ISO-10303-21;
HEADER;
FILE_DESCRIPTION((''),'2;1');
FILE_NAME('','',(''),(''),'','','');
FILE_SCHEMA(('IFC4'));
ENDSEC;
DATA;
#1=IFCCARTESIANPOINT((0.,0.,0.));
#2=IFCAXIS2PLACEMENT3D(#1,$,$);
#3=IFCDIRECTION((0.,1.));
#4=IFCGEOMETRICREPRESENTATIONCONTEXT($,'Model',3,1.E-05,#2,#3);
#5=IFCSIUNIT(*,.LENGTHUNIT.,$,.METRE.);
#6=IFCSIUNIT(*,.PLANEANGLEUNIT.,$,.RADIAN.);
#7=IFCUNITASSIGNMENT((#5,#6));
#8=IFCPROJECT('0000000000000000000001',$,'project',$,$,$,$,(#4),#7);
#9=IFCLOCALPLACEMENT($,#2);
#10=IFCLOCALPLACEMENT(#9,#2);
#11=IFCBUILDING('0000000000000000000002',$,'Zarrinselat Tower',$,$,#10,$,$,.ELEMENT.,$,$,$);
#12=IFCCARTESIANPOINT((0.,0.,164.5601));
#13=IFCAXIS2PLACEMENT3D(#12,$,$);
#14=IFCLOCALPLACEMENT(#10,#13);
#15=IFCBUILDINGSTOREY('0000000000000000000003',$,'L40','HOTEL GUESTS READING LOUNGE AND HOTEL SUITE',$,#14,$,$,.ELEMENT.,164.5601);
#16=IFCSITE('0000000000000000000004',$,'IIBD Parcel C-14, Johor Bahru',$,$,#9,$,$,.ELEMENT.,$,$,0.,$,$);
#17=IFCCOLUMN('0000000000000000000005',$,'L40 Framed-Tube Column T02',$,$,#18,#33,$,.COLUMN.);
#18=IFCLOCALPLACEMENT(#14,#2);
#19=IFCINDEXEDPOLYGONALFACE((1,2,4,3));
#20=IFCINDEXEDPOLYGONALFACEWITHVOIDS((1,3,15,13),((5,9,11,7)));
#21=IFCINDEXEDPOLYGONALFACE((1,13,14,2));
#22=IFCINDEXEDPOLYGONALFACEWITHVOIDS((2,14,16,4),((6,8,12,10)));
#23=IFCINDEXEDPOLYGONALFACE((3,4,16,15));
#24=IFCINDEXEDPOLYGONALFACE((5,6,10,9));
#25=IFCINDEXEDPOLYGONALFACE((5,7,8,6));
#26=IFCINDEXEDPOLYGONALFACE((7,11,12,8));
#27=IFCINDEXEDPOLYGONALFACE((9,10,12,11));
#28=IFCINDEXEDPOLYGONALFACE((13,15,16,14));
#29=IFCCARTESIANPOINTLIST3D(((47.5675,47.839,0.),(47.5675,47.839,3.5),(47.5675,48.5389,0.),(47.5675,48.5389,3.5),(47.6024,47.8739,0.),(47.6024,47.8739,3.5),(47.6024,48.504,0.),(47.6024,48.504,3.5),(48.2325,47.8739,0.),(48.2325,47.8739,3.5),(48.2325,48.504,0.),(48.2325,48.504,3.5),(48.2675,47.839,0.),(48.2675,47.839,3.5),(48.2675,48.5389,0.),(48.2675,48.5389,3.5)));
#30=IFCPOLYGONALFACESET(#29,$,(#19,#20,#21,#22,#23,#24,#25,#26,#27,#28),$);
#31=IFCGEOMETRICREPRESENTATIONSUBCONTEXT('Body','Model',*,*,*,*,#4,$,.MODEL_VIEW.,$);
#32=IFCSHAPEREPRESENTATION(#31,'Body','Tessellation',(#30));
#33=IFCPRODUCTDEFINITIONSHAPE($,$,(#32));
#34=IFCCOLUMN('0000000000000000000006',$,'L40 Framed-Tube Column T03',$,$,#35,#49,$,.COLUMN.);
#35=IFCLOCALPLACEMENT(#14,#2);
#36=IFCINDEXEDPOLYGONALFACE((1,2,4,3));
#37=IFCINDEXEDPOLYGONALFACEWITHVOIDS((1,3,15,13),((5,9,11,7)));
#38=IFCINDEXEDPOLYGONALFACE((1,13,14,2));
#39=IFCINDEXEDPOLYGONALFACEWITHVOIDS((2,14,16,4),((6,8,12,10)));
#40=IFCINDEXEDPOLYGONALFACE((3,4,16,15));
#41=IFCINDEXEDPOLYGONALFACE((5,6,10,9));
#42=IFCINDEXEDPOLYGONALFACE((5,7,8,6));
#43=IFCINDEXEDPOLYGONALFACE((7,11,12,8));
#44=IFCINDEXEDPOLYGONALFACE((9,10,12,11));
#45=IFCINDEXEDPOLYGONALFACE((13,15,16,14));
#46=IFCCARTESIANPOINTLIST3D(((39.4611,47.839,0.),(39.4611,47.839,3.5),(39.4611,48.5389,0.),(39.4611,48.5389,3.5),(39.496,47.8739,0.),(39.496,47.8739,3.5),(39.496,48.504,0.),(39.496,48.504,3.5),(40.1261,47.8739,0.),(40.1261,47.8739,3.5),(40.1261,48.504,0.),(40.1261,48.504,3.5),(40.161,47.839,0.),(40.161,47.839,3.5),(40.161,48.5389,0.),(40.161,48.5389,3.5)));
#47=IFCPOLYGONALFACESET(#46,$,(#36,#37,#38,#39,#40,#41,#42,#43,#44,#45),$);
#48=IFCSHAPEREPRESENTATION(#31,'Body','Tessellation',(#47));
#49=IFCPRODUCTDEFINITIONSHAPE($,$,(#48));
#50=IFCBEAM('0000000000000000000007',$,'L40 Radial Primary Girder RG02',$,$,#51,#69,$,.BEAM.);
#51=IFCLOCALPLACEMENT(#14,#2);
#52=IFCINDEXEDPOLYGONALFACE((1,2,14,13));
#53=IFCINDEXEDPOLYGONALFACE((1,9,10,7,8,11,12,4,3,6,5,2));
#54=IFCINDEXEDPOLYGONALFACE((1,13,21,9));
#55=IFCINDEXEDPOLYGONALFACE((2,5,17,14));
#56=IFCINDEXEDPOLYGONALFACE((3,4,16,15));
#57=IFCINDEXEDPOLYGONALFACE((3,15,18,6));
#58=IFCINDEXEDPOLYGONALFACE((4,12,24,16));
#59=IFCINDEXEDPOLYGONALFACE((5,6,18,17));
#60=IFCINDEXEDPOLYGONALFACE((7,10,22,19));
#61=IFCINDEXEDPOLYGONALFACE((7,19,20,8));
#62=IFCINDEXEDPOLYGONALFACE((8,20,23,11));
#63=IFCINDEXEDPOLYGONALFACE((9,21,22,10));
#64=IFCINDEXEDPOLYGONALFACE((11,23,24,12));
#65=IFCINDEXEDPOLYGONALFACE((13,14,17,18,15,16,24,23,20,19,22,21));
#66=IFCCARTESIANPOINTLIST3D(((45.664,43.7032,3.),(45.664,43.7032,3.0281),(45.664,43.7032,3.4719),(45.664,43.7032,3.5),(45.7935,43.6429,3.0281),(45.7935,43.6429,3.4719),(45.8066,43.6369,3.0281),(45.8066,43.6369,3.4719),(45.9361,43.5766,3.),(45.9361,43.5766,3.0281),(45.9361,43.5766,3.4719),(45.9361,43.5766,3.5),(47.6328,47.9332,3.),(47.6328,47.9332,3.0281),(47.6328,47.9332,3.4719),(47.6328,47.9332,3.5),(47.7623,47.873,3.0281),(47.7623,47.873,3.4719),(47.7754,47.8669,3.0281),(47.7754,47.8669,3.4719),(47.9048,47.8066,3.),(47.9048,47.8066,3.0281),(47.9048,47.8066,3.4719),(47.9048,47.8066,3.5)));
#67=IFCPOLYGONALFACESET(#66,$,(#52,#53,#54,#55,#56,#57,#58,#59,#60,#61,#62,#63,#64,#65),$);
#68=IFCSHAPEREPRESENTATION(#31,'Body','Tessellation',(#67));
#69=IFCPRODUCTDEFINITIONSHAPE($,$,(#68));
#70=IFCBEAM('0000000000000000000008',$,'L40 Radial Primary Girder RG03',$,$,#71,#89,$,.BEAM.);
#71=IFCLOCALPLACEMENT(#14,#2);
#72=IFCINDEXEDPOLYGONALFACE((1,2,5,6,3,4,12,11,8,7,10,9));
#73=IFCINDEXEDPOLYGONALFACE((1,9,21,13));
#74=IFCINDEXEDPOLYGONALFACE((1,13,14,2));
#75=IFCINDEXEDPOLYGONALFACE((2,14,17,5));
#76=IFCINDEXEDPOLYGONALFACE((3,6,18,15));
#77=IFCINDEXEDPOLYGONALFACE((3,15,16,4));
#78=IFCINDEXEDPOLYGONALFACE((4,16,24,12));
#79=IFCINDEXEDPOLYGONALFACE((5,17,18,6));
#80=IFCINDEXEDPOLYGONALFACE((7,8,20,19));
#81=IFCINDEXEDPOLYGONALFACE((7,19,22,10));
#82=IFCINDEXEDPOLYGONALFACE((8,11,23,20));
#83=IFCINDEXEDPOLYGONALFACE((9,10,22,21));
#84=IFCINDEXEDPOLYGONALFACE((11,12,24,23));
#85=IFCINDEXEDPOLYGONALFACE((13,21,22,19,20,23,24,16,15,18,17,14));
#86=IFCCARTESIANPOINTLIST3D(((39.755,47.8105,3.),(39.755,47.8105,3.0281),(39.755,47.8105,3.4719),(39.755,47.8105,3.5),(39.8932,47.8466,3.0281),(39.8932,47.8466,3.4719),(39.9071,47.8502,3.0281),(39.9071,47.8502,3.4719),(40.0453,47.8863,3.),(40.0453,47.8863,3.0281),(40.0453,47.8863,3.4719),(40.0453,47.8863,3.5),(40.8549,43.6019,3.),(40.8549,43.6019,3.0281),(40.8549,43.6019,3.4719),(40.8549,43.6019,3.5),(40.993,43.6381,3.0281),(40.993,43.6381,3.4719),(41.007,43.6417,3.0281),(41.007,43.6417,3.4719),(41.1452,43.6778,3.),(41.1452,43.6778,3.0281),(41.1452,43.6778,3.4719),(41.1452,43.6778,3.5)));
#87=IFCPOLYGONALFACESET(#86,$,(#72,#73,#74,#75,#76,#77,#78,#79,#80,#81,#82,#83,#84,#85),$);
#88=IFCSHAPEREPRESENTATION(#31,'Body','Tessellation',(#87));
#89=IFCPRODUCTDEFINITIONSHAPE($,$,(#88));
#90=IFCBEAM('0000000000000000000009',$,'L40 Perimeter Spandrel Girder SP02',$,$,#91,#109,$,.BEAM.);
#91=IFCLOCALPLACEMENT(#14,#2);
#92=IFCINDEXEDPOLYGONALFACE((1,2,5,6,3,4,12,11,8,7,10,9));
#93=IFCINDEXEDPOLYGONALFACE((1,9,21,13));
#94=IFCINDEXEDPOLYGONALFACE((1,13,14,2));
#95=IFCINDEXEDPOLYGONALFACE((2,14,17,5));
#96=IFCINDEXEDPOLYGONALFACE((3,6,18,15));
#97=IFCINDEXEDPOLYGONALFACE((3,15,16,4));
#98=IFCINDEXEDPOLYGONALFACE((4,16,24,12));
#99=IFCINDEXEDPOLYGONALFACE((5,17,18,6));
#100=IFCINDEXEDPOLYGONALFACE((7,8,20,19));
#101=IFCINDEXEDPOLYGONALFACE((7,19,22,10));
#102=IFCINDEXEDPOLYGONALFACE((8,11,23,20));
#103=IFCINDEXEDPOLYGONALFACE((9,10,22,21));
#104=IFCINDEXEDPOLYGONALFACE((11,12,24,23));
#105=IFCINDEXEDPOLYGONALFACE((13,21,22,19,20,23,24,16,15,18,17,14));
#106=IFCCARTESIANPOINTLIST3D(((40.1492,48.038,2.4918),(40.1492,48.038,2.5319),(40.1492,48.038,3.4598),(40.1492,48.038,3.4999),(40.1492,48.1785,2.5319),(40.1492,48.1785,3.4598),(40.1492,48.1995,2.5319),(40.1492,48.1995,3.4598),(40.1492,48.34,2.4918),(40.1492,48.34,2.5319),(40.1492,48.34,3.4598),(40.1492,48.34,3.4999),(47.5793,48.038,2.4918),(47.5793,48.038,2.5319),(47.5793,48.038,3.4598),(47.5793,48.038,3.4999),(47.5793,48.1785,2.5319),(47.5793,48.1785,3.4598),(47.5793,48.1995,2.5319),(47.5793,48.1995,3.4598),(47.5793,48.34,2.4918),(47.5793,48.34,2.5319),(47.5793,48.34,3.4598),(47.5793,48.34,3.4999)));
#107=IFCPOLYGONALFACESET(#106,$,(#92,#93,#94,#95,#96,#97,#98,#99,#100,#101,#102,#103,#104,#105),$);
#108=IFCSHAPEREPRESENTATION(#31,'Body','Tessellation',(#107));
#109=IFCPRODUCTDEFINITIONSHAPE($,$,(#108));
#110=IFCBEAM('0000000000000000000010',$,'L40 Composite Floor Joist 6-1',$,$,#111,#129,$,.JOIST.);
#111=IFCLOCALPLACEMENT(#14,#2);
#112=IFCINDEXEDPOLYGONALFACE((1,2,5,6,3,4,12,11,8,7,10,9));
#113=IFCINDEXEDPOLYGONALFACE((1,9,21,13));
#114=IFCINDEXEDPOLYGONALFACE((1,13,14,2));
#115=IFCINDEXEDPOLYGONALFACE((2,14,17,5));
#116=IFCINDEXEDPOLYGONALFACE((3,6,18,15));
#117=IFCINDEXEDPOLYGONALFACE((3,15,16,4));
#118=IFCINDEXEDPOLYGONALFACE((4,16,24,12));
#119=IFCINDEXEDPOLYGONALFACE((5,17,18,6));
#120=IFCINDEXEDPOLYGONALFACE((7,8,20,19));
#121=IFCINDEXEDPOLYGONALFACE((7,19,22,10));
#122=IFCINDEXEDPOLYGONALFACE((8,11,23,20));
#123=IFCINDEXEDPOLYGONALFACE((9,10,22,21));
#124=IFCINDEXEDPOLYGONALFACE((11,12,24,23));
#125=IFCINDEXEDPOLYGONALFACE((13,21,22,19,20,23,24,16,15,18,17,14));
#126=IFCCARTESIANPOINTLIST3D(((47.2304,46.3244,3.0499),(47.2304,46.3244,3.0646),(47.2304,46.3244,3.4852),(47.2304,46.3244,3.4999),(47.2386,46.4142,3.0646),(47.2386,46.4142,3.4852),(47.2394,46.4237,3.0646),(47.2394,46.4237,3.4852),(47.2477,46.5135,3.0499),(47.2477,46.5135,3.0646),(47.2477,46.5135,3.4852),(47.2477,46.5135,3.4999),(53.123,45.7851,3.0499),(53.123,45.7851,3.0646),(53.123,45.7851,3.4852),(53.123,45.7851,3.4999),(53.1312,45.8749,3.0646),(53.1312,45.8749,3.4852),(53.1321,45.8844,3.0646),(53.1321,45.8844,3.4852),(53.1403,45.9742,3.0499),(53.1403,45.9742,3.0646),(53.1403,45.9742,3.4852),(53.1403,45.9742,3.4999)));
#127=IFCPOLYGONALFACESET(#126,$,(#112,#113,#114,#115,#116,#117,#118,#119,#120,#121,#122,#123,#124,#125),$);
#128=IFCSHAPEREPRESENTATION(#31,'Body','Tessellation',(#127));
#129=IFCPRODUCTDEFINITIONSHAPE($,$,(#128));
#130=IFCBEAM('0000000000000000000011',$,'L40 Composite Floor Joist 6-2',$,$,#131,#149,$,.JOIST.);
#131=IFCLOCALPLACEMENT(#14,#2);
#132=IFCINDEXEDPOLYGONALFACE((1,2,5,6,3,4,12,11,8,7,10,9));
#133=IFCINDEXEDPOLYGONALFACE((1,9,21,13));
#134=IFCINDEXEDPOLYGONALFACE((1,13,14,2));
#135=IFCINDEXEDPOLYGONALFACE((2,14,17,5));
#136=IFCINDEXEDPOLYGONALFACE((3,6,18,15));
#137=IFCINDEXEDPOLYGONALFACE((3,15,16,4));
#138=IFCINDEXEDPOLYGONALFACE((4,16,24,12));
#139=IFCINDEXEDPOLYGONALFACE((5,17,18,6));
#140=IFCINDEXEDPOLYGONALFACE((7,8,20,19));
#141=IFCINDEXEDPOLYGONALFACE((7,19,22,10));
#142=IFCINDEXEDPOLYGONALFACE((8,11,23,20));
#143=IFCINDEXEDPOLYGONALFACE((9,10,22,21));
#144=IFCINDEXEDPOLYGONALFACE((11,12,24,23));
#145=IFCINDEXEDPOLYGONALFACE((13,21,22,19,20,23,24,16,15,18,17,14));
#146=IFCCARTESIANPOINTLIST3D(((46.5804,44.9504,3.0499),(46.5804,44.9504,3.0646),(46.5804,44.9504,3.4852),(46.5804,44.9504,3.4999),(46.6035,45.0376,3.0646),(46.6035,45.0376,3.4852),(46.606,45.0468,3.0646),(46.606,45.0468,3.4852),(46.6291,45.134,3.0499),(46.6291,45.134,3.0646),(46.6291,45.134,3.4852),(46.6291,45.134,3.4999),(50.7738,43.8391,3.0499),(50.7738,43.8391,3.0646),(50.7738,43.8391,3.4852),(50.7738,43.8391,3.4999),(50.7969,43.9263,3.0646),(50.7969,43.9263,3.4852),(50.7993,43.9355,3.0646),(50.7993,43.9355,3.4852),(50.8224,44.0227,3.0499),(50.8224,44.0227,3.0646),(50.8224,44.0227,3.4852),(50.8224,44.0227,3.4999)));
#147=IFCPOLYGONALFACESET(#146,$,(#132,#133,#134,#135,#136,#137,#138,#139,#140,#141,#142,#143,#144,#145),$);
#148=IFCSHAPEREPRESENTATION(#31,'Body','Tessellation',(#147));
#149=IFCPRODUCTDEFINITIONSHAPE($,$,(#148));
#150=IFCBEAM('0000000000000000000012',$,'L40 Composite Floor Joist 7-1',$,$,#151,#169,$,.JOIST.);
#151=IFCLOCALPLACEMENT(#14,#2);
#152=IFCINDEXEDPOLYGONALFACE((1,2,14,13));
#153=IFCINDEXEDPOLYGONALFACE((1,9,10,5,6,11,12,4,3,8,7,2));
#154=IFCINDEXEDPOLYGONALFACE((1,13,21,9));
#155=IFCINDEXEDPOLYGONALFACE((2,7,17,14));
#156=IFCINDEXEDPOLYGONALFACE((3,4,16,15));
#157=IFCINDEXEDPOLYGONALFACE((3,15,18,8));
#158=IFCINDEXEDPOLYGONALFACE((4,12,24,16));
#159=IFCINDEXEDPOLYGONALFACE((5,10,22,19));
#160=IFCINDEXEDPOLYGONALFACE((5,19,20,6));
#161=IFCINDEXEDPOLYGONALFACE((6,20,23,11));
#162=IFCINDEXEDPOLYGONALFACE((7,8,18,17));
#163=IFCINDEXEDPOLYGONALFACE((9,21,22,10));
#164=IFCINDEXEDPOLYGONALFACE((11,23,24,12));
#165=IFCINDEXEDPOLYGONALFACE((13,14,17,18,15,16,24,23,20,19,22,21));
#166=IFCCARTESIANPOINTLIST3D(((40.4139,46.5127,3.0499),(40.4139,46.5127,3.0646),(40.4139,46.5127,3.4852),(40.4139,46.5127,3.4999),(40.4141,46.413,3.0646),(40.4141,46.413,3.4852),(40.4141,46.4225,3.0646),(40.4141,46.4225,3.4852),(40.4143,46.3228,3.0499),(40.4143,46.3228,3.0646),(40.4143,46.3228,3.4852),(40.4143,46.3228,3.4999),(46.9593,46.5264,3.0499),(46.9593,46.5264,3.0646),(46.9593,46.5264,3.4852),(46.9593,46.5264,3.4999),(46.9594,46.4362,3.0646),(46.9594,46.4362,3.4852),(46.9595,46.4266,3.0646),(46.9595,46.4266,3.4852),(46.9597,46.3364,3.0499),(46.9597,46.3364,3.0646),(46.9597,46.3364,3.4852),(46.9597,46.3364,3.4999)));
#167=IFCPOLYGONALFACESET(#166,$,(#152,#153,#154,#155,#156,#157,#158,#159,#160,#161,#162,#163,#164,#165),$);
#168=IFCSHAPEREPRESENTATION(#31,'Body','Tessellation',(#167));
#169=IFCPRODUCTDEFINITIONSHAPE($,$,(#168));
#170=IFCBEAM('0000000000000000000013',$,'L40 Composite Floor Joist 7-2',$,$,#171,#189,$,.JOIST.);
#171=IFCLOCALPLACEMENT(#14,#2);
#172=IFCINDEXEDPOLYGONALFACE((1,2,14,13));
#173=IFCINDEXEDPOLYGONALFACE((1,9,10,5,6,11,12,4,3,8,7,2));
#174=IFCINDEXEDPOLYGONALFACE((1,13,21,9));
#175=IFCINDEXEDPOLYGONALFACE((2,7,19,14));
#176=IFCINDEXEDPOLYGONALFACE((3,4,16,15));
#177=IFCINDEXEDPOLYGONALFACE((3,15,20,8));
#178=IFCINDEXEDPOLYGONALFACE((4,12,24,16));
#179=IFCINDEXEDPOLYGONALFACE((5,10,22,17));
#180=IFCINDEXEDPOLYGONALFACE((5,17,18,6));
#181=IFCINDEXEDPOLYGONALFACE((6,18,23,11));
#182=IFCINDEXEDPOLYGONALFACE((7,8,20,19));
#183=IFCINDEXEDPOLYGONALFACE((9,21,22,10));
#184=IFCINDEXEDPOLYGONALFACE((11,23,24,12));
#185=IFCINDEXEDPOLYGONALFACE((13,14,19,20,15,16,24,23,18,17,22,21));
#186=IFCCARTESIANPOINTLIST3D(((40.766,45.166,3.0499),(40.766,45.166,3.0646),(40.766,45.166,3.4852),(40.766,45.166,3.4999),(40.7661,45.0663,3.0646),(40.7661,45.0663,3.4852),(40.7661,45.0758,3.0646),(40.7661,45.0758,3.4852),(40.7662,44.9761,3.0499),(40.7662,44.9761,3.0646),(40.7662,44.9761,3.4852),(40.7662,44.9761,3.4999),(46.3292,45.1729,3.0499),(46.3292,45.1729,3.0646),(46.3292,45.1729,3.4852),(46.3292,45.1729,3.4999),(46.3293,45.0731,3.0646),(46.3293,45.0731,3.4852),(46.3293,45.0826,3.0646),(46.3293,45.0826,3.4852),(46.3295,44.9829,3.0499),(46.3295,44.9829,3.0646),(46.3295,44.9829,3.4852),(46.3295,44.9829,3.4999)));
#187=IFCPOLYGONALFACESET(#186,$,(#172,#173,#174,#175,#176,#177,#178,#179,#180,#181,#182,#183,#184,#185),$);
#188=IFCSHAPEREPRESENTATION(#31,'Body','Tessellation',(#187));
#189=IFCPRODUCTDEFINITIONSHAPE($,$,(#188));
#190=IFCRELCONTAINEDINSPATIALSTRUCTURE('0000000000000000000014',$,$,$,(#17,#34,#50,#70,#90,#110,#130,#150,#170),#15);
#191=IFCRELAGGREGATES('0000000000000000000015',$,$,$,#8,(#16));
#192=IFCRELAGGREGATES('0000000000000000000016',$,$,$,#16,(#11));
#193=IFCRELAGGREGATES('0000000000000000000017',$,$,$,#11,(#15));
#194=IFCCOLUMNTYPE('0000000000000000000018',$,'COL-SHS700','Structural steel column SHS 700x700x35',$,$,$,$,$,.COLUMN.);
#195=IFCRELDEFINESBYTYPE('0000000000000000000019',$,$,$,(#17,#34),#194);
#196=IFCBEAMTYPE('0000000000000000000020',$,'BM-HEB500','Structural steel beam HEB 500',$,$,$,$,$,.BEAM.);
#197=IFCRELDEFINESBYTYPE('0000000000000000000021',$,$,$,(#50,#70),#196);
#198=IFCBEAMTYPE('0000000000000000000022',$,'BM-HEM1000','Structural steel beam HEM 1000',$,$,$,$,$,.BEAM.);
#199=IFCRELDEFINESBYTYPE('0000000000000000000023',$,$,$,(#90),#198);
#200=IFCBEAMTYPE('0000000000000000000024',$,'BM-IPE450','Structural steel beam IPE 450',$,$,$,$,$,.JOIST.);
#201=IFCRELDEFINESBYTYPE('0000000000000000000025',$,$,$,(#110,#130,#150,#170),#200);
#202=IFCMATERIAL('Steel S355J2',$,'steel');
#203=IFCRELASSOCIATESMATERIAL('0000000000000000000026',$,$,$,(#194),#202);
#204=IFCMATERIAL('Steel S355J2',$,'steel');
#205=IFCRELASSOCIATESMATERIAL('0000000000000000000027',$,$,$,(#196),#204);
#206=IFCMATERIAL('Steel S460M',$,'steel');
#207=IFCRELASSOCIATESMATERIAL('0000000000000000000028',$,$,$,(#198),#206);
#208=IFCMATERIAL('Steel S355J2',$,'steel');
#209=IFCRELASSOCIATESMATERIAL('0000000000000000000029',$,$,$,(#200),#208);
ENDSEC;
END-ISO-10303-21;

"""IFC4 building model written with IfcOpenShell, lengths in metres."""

from ifc_helpers import new_model, si_unit, direction, frame, origin, origin_2d, place, context, subcontext, project, spatial, hollow_rectangle, i_section, extrude, material, material_profile, profile_set, type_object, element, save


model = new_model("IFC4")

# Units and contexts
model_context = context("Model", 3, precision=1e-05, world=origin(), true_north=direction((0.0, 1.0)))
body_context = subcontext(model_context, "Body", "Model", "MODEL_VIEW")
ifc_project = project(units=[si_unit("LENGTHUNIT", "METRE"), si_unit("PLANEANGLEUNIT", "RADIAN")], contexts=[model_context])

# Site, building, storey
site_placement = place(None, origin())
site = spatial("IfcSite", under=ifc_project, at=site_placement, Name="IIBD Parcel C-14, Johor Bahru", CompositionType="ELEMENT", RefElevation=0.0)
building_placement = place(site_placement, origin())
building = spatial("IfcBuilding", under=site, at=building_placement, Name="Zarrinselat Tower", CompositionType="ELEMENT")
storey_placement = place(building_placement, frame((0.0, 0.0, 164.5601)))
storey = spatial("IfcBuildingStorey", under=building, at=storey_placement, Name="L40", Description="HOTEL GUESTS READING LOUNGE AND HOTEL SUITE", CompositionType="ELEMENT", Elevation=164.5601)

# Columns
ifc_material_1 = material(Name="Steel S355J2", Category="steel")
ifc_material_profile_1 = material_profile(ifc_material_1, hollow_rectangle(XDim=0.7, YDim=0.7, WallThickness=0.0349, at=origin_2d()), Name="SHS 700x700x35")
ifc_profile_set_1 = profile_set([ifc_material_profile_1], Name="Steel S355J2")
column_type = type_object("IfcColumnType", Name="COL-SHS700", Description="Structural steel column SHS 700x700x35", PredefinedType="COLUMN", material=ifc_profile_set_1)
for number, where, z_axis, x_axis, name in (
    (1, (47.9175, 48.189, 0.0), (0.0, 0.0, 1.0), (1.0, 0.0, 0.0), "L40 Framed-Tube Column T02"),
    (2, (39.811, 48.189, 0.0), (0.0, 0.0, 1.0), (1.0, 0.0, 0.0), "L40 Framed-Tube Column T03"),
):
    element("IfcColumn", number, at=place(storey_placement, frame(where, z_axis=z_axis, x_axis=x_axis)), inside=storey, type_object=column_type, Name=name, PredefinedType="COLUMN", context=body_context, shape_type="SweptSolid", body=[
        extrude(hollow_rectangle(XDim=0.7, YDim=0.7, WallThickness=0.0349, at=origin_2d()), origin(), (0.0, 0.0, 1.0), 3.5),
    ])

# Beams
ifc_material_2 = material(Name="Steel S355J2", Category="steel")
ifc_material_profile_2 = material_profile(ifc_material_2, i_section(OverallWidth=0.3, OverallDepth=0.5, WebThickness=0.0144, FlangeThickness=0.0281, at=origin_2d()), Name="HEB 500")
ifc_profile_set_2 = profile_set([ifc_material_profile_2], Name="Steel S355J2")
beam_type_1 = type_object("IfcBeamType", Name="BM-HEB500", Description="Structural steel beam HEB 500", PredefinedType="BEAM", material=ifc_profile_set_2)
beam_1_placement = place(storey_placement, frame((45.8, 43.6399, 3.25), z_axis=(0.421963, 0.906613, 0.0), x_axis=(-0.906613, 0.421963, 0.0)))
element("IfcBeam", 3, at=beam_1_placement, inside=storey, type_object=beam_type_1, Name="L40 Radial Primary Girder RG02", PredefinedType="BEAM", context=body_context, shape_type="SweptSolid", body=[
    extrude(i_section(OverallWidth=0.3, OverallDepth=0.5, WebThickness=0.0144, FlangeThickness=0.0281, at=origin_2d()), origin(), (0.0, 0.0, 1.0), 4.6658),
])
beam_2_placement = place(storey_placement, frame((39.9001, 47.8484, 3.25), z_axis=(0.252849, -0.967506, 0.0), x_axis=(0.967506, 0.252849, 0.0)))
element("IfcBeam", 4, at=beam_2_placement, inside=storey, type_object=beam_type_1, Name="L40 Radial Primary Girder RG03", PredefinedType="BEAM", context=body_context, shape_type="SweptSolid", body=[
    extrude(i_section(OverallWidth=0.3, OverallDepth=0.5, WebThickness=0.0144, FlangeThickness=0.0281, at=origin_2d()), origin(), (0.0, 0.0, 1.0), 4.3499),
])
ifc_material_3 = material(Name="Steel S460M", Category="steel")
ifc_material_profile_3 = material_profile(ifc_material_3, i_section(OverallWidth=0.302, OverallDepth=1.0081, WebThickness=0.021, FlangeThickness=0.04, at=origin_2d()), Name="HEM 1000")
ifc_profile_set_3 = profile_set([ifc_material_profile_3], Name="Steel S460M")
beam_type_2 = type_object("IfcBeamType", Name="BM-HEM1000", Description="Structural steel beam HEM 1000", PredefinedType="BEAM", material=ifc_profile_set_3)
beam_3_placement = place(storey_placement, frame((40.1492, 48.189, 2.9958), z_axis=(1.0, 0.0, 0.0), x_axis=(0.0, 1.0, 0.0)))
element("IfcBeam", 5, at=beam_3_placement, inside=storey, type_object=beam_type_2, Name="L40 Perimeter Spandrel Girder SP02", PredefinedType="BEAM", context=body_context, shape_type="SweptSolid", body=[
    extrude(i_section(OverallWidth=0.302, OverallDepth=1.0081, WebThickness=0.021, FlangeThickness=0.04, at=origin_2d()), origin(), (0.0, 0.0, 1.0), 7.4302),
])
ifc_material_4 = material(Name="Steel S355J2", Category="steel")
ifc_material_profile_4 = material_profile(ifc_material_4, i_section(OverallWidth=0.1899, OverallDepth=0.45, WebThickness=0.0095, FlangeThickness=0.0146, at=origin_2d()), Name="IPE 450")
ifc_profile_set_4 = profile_set([ifc_material_profile_4], Name="Steel S355J2")
beam_type_3 = type_object("IfcBeamType", Name="BM-IPE450", Description="Structural steel beam IPE 450", PredefinedType="JOIST", material=ifc_profile_set_4)
beam_4_placement = place(storey_placement, frame((47.239, 46.4189, 3.2749), z_axis=(0.995838, -0.091142, 0.0), x_axis=(0.091142, 0.995838, 0.0)))
element("IfcBeam", 6, at=beam_4_placement, inside=storey, type_object=beam_type_3, Name="L40 Composite Floor Joist 6-1", PredefinedType="JOIST", context=body_context, shape_type="SweptSolid", body=[
    extrude(i_section(OverallWidth=0.1899, OverallDepth=0.45, WebThickness=0.0095, FlangeThickness=0.0146, at=origin_2d()), origin(), (0.0, 0.0, 1.0), 5.9172),
])
beam_5_placement = place(storey_placement, frame((46.6047, 45.0422, 3.2749), z_axis=(0.96663, -0.256177, 0.0), x_axis=(0.256177, 0.96663, 0.0)))
element("IfcBeam", 7, at=beam_5_placement, inside=storey, type_object=beam_type_3, Name="L40 Composite Floor Joist 6-2", PredefinedType="JOIST", context=body_context, shape_type="SweptSolid", body=[
    extrude(i_section(OverallWidth=0.1899, OverallDepth=0.45, WebThickness=0.0095, FlangeThickness=0.0146, at=origin_2d()), origin(), (0.0, 0.0, 1.0), 4.3381),
])
beam_6_placement = place(storey_placement, frame((40.4141, 46.4177, 3.2749), z_axis=(0.999998, 0.002089, 0.0), x_axis=(-0.002089, 0.999998, 0.0)))
element("IfcBeam", 8, at=beam_6_placement, inside=storey, type_object=beam_type_3, Name="L40 Composite Floor Joist 7-1", PredefinedType="JOIST", context=body_context, shape_type="SweptSolid", body=[
    extrude(i_section(OverallWidth=0.1899, OverallDepth=0.45, WebThickness=0.0095, FlangeThickness=0.0146, at=origin_2d()), origin(), (0.0, 0.0, 1.0), 6.5454),
])
beam_7_placement = place(storey_placement, frame((40.7661, 45.071, 3.2749), z_axis=(0.999999, 0.001229, 0.0), x_axis=(-0.001229, 0.999999, 0.0)))
element("IfcBeam", 9, at=beam_7_placement, inside=storey, type_object=beam_type_3, Name="L40 Composite Floor Joist 7-2", PredefinedType="JOIST", context=body_context, shape_type="SweptSolid", body=[
    extrude(i_section(OverallWidth=0.1899, OverallDepth=0.45, WebThickness=0.0095, FlangeThickness=0.0146, at=origin_2d()), origin(), (0.0, 0.0, 1.0), 5.5632),
])

save(model, "model.ifc")
